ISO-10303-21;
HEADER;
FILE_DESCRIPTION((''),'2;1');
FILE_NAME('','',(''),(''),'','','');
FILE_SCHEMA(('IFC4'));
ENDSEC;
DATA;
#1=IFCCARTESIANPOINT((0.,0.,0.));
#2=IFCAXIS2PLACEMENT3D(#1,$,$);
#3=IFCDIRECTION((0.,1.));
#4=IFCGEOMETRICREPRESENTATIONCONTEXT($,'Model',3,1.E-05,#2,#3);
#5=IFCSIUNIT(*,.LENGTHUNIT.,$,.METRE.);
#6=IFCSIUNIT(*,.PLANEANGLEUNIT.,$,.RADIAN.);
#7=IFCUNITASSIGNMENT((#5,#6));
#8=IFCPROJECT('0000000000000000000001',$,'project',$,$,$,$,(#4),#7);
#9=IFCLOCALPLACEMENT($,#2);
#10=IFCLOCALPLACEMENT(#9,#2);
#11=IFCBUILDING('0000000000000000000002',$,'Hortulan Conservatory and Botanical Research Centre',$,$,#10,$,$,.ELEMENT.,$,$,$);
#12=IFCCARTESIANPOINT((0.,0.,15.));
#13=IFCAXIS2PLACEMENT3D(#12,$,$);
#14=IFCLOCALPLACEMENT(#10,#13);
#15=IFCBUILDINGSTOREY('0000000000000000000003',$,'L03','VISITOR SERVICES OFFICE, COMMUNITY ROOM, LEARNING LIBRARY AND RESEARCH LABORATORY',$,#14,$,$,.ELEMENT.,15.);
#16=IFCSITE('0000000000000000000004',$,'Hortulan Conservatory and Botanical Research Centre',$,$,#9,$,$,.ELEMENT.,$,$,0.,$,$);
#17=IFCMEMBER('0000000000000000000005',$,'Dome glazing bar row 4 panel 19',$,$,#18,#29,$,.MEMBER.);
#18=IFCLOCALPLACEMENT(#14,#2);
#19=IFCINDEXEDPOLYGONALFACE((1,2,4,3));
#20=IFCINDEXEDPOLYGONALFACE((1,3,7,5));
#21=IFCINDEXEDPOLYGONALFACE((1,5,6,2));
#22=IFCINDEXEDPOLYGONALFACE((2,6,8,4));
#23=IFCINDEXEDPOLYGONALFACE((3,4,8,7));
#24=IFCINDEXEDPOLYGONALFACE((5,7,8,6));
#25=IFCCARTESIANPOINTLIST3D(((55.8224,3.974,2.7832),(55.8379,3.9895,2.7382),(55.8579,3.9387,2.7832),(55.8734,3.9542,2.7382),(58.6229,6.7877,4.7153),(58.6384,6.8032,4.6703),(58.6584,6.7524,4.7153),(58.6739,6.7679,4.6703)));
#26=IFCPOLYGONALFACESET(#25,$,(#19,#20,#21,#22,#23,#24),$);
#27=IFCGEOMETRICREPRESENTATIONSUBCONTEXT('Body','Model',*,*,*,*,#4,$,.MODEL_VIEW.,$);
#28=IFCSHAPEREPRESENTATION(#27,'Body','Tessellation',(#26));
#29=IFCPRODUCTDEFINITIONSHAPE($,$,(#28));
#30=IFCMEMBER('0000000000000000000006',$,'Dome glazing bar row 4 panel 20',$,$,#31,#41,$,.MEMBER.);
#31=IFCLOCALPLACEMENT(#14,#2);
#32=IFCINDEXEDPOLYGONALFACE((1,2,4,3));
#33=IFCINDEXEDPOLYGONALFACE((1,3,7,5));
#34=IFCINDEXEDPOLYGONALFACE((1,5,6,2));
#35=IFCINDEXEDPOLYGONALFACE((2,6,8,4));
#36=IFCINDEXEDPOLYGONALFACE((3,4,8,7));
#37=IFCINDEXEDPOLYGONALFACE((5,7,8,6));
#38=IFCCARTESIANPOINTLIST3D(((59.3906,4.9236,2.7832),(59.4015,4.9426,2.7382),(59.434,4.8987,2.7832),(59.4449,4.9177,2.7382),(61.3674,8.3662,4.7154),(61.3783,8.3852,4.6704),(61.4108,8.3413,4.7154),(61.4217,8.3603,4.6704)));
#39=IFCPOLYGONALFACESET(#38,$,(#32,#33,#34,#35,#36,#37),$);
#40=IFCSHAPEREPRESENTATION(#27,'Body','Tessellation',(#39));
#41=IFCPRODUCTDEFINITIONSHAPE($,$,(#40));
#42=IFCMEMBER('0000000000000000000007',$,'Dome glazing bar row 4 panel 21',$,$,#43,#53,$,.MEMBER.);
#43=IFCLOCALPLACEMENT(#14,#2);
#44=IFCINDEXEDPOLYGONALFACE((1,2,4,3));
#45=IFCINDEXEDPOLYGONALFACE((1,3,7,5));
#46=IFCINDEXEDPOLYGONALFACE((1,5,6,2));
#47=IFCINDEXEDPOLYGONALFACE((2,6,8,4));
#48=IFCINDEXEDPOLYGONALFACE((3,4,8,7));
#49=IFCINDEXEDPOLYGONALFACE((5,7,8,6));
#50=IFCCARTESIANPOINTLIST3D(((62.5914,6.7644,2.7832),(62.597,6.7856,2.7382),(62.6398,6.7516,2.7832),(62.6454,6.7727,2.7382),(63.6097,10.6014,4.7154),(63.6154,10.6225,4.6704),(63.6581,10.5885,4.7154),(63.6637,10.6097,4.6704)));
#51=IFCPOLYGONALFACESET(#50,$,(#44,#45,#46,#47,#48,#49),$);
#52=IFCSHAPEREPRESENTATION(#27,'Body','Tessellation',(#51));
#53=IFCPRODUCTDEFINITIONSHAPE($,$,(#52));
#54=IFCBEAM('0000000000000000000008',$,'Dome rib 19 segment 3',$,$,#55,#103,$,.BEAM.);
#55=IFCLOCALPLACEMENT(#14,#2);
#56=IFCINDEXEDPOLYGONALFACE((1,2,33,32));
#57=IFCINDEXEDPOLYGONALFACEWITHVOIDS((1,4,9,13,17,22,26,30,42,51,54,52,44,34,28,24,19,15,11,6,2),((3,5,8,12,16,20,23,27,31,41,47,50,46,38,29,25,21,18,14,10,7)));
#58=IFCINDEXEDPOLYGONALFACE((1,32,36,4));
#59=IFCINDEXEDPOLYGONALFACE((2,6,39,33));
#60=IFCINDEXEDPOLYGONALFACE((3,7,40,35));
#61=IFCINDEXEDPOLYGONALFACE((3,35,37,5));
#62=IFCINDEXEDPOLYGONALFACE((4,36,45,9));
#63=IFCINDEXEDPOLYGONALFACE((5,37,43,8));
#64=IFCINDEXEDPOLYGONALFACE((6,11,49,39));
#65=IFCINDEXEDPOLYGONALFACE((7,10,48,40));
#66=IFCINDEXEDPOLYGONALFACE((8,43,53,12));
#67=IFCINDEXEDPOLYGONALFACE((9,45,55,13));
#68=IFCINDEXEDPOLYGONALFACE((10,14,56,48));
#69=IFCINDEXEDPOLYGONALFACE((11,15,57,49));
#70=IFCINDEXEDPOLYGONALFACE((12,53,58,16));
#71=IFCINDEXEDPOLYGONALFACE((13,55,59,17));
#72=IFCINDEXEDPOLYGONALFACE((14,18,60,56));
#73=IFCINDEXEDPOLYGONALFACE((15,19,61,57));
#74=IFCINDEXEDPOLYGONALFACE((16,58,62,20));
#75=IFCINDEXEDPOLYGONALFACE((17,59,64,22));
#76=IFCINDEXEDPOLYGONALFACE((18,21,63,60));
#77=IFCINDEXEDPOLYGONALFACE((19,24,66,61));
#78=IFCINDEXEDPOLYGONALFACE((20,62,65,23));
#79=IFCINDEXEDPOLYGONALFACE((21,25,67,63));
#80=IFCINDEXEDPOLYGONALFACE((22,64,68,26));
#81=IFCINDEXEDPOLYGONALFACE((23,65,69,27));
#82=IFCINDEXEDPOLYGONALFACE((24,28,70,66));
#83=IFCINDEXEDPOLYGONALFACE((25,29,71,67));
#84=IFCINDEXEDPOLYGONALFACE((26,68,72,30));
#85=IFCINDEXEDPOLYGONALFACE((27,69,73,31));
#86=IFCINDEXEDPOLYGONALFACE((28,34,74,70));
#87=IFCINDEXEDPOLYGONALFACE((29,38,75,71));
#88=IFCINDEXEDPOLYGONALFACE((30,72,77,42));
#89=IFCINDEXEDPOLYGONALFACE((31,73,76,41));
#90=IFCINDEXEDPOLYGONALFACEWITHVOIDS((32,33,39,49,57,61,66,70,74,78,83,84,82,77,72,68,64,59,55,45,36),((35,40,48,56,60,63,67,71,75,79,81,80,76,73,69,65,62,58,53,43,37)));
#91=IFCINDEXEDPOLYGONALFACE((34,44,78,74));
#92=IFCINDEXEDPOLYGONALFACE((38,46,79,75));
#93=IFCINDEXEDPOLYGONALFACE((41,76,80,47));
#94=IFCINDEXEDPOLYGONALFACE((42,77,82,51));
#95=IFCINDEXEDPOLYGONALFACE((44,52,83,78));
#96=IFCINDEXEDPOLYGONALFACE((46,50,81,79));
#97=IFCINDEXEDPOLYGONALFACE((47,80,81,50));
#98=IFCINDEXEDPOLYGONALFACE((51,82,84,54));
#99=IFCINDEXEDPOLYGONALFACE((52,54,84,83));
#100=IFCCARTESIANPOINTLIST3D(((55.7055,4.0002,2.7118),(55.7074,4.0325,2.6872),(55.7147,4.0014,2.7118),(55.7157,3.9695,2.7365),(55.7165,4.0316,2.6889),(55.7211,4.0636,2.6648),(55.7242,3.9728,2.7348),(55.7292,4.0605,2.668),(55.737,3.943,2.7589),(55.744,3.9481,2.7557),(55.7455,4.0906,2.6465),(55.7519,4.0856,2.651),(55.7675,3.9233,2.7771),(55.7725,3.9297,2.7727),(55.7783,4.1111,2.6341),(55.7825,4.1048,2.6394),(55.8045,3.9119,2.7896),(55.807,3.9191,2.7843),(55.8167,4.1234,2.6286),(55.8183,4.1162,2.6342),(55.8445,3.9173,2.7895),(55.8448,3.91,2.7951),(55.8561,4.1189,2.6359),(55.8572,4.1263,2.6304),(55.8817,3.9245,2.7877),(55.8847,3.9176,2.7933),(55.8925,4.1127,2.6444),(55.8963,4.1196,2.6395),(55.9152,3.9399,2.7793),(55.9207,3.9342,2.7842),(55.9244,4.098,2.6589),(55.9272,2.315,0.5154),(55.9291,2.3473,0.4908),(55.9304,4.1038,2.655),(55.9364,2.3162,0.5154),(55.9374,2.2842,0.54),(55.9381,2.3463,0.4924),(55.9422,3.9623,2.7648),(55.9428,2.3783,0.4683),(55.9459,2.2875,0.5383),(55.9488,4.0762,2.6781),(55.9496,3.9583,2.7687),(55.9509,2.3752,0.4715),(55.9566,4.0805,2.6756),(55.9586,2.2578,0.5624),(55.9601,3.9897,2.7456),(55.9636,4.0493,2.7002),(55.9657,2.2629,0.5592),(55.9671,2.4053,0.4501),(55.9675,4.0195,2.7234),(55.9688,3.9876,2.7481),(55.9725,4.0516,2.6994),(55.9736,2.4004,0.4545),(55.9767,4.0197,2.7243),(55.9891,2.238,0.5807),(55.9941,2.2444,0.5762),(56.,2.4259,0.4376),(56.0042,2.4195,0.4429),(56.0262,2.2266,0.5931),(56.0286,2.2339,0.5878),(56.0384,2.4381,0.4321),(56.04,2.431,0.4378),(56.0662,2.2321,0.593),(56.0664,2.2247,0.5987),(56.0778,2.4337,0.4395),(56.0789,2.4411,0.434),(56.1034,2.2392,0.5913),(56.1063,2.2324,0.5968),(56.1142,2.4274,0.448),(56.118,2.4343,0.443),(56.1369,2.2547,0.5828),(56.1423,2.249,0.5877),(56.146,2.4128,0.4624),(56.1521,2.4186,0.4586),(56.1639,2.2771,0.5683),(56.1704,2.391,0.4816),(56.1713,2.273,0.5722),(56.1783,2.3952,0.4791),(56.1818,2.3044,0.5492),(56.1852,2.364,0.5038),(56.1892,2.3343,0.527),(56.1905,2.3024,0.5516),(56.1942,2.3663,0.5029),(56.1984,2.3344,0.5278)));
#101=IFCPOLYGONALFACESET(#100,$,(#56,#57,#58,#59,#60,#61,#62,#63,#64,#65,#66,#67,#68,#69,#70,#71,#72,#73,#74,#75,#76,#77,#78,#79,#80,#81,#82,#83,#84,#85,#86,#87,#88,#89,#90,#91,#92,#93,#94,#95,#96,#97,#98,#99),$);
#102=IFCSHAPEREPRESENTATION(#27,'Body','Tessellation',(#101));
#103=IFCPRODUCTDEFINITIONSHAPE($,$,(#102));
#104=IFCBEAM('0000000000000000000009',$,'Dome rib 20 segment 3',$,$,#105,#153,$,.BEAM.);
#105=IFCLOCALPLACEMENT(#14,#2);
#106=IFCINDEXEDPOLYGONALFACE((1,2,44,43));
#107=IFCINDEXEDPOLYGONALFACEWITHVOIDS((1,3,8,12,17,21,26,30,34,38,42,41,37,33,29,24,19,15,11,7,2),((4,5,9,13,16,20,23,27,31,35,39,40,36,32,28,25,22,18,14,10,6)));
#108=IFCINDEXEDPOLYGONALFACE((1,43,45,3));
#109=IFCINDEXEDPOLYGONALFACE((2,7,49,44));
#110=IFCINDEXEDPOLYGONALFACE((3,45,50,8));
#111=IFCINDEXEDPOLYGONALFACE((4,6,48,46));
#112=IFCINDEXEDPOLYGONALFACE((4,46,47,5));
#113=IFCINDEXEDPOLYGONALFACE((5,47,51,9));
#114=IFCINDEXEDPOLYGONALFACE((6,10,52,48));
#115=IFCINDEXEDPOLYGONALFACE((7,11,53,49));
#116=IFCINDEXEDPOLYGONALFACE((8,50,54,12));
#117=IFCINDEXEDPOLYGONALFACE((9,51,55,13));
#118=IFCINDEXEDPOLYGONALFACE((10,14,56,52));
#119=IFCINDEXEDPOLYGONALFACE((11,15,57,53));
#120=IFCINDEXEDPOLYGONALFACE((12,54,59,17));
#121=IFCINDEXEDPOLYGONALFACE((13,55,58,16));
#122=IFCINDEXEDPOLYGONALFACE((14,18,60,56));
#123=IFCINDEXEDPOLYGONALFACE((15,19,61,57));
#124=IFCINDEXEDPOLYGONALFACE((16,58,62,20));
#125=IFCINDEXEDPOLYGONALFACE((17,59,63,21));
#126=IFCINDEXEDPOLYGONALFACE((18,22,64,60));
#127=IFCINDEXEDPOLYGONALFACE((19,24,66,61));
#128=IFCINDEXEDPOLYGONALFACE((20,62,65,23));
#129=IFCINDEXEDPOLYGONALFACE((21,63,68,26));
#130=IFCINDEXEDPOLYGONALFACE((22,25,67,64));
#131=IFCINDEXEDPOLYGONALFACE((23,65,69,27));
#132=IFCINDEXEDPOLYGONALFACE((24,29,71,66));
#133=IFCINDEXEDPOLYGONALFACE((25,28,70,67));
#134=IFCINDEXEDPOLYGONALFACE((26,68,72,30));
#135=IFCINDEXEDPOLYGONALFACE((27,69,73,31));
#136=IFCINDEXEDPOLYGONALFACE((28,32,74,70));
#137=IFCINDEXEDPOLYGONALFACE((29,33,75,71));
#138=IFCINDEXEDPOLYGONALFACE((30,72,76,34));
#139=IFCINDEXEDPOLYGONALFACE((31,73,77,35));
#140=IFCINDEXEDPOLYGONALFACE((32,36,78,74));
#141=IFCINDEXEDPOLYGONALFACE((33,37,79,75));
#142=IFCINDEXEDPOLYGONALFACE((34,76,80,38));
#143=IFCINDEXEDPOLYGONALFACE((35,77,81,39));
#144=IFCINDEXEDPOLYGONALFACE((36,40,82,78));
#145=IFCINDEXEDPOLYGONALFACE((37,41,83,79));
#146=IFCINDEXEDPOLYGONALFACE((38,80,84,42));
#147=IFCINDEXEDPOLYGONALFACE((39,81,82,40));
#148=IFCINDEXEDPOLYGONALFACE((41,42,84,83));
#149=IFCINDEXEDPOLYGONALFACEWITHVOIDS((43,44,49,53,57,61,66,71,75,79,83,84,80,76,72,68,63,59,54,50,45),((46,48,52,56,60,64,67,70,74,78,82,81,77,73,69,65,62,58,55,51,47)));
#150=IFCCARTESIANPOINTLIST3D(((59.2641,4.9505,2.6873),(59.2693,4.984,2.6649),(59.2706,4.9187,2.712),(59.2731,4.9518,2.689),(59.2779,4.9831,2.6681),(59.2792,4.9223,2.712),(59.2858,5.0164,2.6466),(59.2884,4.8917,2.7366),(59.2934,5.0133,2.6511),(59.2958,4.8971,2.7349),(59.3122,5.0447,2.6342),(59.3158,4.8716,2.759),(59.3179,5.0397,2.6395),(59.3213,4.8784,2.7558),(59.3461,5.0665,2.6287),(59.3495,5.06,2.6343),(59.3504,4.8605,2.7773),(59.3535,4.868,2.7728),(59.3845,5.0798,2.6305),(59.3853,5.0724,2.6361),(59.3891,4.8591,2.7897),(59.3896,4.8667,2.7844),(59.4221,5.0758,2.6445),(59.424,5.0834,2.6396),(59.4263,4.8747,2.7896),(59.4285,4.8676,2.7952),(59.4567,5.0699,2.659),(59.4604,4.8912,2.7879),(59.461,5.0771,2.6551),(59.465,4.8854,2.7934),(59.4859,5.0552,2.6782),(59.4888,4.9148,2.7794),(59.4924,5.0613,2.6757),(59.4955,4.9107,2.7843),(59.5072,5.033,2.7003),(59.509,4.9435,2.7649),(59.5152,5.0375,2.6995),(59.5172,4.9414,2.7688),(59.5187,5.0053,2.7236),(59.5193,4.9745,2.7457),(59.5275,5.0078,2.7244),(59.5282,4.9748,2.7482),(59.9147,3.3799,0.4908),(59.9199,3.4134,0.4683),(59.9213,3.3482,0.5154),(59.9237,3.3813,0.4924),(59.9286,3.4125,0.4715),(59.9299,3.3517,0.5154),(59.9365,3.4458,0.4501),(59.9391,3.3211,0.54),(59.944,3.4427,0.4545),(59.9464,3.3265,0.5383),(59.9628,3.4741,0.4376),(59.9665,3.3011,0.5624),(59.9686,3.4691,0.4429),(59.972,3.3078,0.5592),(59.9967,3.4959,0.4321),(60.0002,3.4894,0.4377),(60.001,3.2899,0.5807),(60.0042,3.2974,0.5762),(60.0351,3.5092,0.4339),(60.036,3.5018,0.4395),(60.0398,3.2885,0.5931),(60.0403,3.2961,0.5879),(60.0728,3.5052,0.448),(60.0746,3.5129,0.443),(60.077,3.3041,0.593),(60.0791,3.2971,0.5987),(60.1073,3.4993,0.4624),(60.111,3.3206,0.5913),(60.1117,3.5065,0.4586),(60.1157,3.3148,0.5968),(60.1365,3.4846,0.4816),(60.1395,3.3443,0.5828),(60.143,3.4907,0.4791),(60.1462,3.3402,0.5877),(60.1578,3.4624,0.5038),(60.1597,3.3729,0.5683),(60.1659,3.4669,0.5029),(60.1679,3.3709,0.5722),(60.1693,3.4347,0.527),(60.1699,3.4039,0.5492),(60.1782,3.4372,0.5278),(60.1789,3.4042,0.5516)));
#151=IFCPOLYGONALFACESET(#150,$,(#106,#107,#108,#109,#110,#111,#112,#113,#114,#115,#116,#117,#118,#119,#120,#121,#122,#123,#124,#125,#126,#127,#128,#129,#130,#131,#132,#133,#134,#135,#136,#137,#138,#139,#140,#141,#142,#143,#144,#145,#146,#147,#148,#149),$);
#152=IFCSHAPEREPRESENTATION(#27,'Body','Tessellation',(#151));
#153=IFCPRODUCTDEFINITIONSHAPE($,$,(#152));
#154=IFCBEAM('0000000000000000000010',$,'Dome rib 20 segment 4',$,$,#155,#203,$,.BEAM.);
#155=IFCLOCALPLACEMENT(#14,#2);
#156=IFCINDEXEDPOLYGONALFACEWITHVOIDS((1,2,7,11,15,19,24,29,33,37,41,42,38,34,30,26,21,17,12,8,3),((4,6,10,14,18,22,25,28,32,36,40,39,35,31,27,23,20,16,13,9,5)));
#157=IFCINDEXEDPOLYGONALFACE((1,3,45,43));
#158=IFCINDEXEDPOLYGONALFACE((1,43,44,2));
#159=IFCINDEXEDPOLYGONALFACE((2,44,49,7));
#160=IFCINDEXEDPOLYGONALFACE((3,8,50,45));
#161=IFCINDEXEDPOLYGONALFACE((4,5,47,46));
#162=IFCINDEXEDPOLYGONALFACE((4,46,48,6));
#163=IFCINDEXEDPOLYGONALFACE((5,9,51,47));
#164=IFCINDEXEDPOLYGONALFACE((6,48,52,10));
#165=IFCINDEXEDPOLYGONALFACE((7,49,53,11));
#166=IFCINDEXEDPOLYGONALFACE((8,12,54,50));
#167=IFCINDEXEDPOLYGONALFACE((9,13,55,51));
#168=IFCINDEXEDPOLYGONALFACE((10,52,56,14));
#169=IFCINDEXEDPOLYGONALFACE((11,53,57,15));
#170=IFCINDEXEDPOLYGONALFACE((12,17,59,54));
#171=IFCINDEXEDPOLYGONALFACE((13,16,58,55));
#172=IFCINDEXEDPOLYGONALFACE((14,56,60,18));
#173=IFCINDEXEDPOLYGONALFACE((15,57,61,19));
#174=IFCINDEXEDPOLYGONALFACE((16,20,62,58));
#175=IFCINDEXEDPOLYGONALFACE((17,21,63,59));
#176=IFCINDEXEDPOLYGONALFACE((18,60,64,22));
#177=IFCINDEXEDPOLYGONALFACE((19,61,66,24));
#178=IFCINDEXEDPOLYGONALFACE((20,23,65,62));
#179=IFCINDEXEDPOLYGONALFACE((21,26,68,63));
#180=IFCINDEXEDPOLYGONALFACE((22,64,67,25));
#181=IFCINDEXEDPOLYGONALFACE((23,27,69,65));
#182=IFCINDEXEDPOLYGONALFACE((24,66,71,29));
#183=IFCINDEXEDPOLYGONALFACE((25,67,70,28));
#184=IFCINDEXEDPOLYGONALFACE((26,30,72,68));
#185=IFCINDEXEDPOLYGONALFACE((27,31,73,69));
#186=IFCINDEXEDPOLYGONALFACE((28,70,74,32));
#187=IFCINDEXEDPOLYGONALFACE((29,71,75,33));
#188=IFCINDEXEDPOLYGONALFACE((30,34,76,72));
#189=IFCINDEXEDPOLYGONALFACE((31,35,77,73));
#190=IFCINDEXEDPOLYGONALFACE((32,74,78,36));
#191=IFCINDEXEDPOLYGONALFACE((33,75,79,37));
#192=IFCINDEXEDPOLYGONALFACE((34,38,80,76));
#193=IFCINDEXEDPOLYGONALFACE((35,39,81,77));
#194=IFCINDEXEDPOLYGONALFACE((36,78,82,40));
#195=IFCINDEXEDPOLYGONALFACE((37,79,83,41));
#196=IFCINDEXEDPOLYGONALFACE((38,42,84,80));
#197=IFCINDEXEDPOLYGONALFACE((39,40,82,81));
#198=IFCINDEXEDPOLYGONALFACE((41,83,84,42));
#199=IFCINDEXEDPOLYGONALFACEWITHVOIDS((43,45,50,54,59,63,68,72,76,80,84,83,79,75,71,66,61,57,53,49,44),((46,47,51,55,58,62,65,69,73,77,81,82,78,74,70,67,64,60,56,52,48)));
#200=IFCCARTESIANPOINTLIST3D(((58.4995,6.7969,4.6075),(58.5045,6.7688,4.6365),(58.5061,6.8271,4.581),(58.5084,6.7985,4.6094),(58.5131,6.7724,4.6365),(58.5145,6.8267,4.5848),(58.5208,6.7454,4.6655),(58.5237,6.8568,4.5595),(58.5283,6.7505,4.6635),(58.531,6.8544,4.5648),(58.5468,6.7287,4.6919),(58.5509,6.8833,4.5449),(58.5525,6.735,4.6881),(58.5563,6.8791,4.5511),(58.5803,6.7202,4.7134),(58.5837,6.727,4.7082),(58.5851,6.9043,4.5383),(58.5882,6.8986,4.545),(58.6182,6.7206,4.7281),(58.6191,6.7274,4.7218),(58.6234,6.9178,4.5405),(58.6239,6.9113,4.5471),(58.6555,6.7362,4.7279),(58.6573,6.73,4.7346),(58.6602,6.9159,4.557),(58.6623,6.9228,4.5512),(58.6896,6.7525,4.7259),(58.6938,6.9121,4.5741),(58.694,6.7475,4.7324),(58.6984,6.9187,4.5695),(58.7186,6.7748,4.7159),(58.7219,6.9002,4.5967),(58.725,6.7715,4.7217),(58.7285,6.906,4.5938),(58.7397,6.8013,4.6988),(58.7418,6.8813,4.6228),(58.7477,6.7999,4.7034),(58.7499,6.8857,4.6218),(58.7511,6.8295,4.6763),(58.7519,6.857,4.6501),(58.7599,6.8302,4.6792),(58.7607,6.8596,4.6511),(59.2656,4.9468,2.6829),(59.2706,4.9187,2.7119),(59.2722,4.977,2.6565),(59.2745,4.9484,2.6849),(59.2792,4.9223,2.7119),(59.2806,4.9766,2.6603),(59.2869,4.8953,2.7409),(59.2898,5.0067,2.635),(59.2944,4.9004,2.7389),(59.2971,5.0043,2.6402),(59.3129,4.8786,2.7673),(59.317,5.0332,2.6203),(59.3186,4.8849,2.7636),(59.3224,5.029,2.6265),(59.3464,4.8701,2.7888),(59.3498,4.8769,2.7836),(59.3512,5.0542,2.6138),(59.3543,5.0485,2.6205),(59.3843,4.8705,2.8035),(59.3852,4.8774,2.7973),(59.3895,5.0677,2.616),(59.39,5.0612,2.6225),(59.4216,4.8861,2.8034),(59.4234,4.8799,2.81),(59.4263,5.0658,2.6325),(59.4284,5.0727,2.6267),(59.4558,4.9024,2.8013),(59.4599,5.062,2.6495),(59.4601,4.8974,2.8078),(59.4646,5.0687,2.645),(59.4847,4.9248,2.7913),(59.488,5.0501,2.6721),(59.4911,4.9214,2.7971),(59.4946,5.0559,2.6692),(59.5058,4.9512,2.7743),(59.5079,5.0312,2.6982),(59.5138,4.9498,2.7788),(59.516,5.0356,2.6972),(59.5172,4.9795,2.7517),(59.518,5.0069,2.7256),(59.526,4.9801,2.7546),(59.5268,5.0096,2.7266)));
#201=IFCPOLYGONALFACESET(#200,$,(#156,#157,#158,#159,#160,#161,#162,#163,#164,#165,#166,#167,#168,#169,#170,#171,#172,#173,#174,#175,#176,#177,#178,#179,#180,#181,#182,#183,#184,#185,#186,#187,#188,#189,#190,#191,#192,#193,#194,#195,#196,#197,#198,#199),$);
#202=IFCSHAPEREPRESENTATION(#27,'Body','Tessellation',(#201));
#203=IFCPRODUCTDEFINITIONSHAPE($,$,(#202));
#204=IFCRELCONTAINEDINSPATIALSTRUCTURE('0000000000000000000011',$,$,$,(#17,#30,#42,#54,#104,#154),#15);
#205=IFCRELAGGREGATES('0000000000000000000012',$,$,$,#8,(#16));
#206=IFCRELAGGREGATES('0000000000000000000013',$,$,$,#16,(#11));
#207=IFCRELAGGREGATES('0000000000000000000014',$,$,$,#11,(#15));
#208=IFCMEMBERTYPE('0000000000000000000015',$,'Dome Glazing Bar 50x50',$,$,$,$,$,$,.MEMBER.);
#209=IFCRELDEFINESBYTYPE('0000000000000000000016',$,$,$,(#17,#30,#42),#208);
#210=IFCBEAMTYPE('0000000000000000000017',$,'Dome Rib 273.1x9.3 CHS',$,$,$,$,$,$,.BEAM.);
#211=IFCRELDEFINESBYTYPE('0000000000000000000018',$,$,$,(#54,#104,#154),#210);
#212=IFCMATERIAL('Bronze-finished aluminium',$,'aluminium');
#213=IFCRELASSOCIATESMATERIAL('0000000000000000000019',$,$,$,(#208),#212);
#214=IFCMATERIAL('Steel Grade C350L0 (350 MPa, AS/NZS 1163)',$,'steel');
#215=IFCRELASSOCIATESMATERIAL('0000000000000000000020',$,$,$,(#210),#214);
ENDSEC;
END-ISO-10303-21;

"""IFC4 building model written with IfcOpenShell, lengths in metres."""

from ifc_helpers import new_model, si_unit, direction, frame, origin, origin_2d, place, context, subcontext, project, spatial, rectangle, hollow_circle, extrude, material, material_profile, profile_set, type_object, element, save


model = new_model("IFC4")

# Units and contexts
model_context = context("Model", 3, precision=1e-05, world=origin(), true_north=direction((0.0, 1.0)))
body_context = subcontext(model_context, "Body", "Model", "MODEL_VIEW")
ifc_project = project(units=[si_unit("LENGTHUNIT", "METRE"), si_unit("PLANEANGLEUNIT", "RADIAN")], contexts=[model_context])

# Site, building, storey
site_placement = place(None, origin())
site = spatial("IfcSite", under=ifc_project, at=site_placement, Name="Hortulan Conservatory and Botanical Research Centre", CompositionType="ELEMENT", RefElevation=0.0)
building_placement = place(site_placement, origin())
building = spatial("IfcBuilding", under=site, at=building_placement, Name="Hortulan Conservatory and Botanical Research Centre", CompositionType="ELEMENT")
storey_placement = place(building_placement, frame((0.0, 0.0, 15.0)))
storey = spatial("IfcBuildingStorey", under=building, at=storey_placement, Name="L03", Description="VISITOR SERVICES OFFICE, COMMUNITY ROOM, LEARNING LIBRARY AND RESEARCH LABORATORY", CompositionType="ELEMENT", Elevation=15.0)

# Members
ifc_material_1 = material(Name="Bronze-finished aluminium", Category="aluminium")
ifc_material_profile_1 = material_profile(ifc_material_1, rectangle(XDim=0.05, YDim=0.05, at=origin_2d()), Name="Square bar 50x50")
ifc_profile_set_1 = profile_set([ifc_material_profile_1], Name="Bronze-finished aluminium")
member_type_1 = type_object("IfcMemberType", Name="Dome Glazing Bar 50x50", PredefinedType="MEMBER", material=ifc_profile_set_1)
for number, where, z_axis, x_axis, name in (
    (1, (55.8479, 3.9641, 2.7607), (0.634308, 0.637294, 0.437618), (-0.708765, 0.705444, 0.0), "Dome glazing bar row 4 panel 19"),
    (2, (59.4177, 4.9207, 2.7607), (0.447744, 0.77975, 0.437624), (-0.8672, 0.497959, 0.0), "Dome glazing bar row 4 panel 20"),
    (3, (62.6184, 6.7686, 2.7607), (0.230649, 0.869068, 0.437631), (-0.966539, 0.256518, 0.0), "Dome glazing bar row 4 panel 21"),
):
    element("IfcMember", number, at=place(storey_placement, frame(where, z_axis=z_axis, x_axis=x_axis)), inside=storey, type_object=member_type_1, Name=name, PredefinedType="MEMBER", context=body_context, shape_type="SweptSolid", body=[
        extrude(rectangle(XDim=0.05, YDim=0.05, at=origin_2d()), origin(), (0.0, 0.0, 1.0), 4.415),
    ])

# Beams
ifc_material_2 = material(Name="Steel Grade C350L0 (350 MPa, AS/NZS 1163)", Category="steel")
ifc_material_profile_2 = material_profile(ifc_material_2, hollow_circle(Radius=0.1365, WallThickness=0.0093, at=origin_2d()), Name="273.1x9.3CHS")
ifc_profile_set_2 = profile_set([ifc_material_profile_2], Name="Steel Grade C350L0 (350 MPa, AS/NZS 1163)")
beam_type = type_object("IfcBeamType", Name="Dome Rib 273.1x9.3 CHS", PredefinedType="BEAM", material=ifc_profile_set_2)
beam_1_placement = place(storey_placement, frame((56.0625, 2.3328, 0.5154), z_axis=(-0.079815, 0.606784, 0.79085), x_axis=(-0.99146, -0.130414, 0.0)))
element("IfcBeam", 4, at=beam_1_placement, inside=storey, type_object=beam_type, Name="Dome rib 19 segment 3", PredefinedType="BEAM", context=body_context, shape_type="SweptSolid", body=[
    extrude(hollow_circle(Radius=0.1365, WallThickness=0.0093, at=origin_2d()), origin(), (0.0, 0.0, 1.0), 2.7773),
])
beam_2_placement = place(storey_placement, frame((60.0474, 3.4004, 0.5154), z_axis=(-0.234249, 0.565449, 0.790819), x_axis=(-0.923861, -0.382728, 0.0)))
element("IfcBeam", 5, at=beam_2_placement, inside=storey, type_object=beam_type, Name="Dome rib 20 segment 3", PredefinedType="BEAM", context=body_context, shape_type="SweptSolid", body=[
    extrude(hollow_circle(Radius=0.1365, WallThickness=0.0093, at=origin_2d()), origin(), (0.0, 0.0, 1.0), 2.7776),
])
for number, where, z_axis, x_axis, name in (
    (6, (59.3967, 4.9709, 2.7119), (-0.275842, 0.666136, 0.692946), (-0.923919, -0.382589, 0.0), "Dome rib 20 segment 4"),
):
    element("IfcBeam", number, at=place(storey_placement, frame(where, z_axis=z_axis, x_axis=x_axis)), inside=storey, type_object=beam_type, Name=name, PredefinedType="BEAM", context=body_context, shape_type="SweptSolid", body=[
        extrude(hollow_circle(Radius=0.1365, WallThickness=0.0093, at=origin_2d()), origin(), (0.0, 0.0, 1.0), 2.7773),
    ])

save(model, "model.ifc")
